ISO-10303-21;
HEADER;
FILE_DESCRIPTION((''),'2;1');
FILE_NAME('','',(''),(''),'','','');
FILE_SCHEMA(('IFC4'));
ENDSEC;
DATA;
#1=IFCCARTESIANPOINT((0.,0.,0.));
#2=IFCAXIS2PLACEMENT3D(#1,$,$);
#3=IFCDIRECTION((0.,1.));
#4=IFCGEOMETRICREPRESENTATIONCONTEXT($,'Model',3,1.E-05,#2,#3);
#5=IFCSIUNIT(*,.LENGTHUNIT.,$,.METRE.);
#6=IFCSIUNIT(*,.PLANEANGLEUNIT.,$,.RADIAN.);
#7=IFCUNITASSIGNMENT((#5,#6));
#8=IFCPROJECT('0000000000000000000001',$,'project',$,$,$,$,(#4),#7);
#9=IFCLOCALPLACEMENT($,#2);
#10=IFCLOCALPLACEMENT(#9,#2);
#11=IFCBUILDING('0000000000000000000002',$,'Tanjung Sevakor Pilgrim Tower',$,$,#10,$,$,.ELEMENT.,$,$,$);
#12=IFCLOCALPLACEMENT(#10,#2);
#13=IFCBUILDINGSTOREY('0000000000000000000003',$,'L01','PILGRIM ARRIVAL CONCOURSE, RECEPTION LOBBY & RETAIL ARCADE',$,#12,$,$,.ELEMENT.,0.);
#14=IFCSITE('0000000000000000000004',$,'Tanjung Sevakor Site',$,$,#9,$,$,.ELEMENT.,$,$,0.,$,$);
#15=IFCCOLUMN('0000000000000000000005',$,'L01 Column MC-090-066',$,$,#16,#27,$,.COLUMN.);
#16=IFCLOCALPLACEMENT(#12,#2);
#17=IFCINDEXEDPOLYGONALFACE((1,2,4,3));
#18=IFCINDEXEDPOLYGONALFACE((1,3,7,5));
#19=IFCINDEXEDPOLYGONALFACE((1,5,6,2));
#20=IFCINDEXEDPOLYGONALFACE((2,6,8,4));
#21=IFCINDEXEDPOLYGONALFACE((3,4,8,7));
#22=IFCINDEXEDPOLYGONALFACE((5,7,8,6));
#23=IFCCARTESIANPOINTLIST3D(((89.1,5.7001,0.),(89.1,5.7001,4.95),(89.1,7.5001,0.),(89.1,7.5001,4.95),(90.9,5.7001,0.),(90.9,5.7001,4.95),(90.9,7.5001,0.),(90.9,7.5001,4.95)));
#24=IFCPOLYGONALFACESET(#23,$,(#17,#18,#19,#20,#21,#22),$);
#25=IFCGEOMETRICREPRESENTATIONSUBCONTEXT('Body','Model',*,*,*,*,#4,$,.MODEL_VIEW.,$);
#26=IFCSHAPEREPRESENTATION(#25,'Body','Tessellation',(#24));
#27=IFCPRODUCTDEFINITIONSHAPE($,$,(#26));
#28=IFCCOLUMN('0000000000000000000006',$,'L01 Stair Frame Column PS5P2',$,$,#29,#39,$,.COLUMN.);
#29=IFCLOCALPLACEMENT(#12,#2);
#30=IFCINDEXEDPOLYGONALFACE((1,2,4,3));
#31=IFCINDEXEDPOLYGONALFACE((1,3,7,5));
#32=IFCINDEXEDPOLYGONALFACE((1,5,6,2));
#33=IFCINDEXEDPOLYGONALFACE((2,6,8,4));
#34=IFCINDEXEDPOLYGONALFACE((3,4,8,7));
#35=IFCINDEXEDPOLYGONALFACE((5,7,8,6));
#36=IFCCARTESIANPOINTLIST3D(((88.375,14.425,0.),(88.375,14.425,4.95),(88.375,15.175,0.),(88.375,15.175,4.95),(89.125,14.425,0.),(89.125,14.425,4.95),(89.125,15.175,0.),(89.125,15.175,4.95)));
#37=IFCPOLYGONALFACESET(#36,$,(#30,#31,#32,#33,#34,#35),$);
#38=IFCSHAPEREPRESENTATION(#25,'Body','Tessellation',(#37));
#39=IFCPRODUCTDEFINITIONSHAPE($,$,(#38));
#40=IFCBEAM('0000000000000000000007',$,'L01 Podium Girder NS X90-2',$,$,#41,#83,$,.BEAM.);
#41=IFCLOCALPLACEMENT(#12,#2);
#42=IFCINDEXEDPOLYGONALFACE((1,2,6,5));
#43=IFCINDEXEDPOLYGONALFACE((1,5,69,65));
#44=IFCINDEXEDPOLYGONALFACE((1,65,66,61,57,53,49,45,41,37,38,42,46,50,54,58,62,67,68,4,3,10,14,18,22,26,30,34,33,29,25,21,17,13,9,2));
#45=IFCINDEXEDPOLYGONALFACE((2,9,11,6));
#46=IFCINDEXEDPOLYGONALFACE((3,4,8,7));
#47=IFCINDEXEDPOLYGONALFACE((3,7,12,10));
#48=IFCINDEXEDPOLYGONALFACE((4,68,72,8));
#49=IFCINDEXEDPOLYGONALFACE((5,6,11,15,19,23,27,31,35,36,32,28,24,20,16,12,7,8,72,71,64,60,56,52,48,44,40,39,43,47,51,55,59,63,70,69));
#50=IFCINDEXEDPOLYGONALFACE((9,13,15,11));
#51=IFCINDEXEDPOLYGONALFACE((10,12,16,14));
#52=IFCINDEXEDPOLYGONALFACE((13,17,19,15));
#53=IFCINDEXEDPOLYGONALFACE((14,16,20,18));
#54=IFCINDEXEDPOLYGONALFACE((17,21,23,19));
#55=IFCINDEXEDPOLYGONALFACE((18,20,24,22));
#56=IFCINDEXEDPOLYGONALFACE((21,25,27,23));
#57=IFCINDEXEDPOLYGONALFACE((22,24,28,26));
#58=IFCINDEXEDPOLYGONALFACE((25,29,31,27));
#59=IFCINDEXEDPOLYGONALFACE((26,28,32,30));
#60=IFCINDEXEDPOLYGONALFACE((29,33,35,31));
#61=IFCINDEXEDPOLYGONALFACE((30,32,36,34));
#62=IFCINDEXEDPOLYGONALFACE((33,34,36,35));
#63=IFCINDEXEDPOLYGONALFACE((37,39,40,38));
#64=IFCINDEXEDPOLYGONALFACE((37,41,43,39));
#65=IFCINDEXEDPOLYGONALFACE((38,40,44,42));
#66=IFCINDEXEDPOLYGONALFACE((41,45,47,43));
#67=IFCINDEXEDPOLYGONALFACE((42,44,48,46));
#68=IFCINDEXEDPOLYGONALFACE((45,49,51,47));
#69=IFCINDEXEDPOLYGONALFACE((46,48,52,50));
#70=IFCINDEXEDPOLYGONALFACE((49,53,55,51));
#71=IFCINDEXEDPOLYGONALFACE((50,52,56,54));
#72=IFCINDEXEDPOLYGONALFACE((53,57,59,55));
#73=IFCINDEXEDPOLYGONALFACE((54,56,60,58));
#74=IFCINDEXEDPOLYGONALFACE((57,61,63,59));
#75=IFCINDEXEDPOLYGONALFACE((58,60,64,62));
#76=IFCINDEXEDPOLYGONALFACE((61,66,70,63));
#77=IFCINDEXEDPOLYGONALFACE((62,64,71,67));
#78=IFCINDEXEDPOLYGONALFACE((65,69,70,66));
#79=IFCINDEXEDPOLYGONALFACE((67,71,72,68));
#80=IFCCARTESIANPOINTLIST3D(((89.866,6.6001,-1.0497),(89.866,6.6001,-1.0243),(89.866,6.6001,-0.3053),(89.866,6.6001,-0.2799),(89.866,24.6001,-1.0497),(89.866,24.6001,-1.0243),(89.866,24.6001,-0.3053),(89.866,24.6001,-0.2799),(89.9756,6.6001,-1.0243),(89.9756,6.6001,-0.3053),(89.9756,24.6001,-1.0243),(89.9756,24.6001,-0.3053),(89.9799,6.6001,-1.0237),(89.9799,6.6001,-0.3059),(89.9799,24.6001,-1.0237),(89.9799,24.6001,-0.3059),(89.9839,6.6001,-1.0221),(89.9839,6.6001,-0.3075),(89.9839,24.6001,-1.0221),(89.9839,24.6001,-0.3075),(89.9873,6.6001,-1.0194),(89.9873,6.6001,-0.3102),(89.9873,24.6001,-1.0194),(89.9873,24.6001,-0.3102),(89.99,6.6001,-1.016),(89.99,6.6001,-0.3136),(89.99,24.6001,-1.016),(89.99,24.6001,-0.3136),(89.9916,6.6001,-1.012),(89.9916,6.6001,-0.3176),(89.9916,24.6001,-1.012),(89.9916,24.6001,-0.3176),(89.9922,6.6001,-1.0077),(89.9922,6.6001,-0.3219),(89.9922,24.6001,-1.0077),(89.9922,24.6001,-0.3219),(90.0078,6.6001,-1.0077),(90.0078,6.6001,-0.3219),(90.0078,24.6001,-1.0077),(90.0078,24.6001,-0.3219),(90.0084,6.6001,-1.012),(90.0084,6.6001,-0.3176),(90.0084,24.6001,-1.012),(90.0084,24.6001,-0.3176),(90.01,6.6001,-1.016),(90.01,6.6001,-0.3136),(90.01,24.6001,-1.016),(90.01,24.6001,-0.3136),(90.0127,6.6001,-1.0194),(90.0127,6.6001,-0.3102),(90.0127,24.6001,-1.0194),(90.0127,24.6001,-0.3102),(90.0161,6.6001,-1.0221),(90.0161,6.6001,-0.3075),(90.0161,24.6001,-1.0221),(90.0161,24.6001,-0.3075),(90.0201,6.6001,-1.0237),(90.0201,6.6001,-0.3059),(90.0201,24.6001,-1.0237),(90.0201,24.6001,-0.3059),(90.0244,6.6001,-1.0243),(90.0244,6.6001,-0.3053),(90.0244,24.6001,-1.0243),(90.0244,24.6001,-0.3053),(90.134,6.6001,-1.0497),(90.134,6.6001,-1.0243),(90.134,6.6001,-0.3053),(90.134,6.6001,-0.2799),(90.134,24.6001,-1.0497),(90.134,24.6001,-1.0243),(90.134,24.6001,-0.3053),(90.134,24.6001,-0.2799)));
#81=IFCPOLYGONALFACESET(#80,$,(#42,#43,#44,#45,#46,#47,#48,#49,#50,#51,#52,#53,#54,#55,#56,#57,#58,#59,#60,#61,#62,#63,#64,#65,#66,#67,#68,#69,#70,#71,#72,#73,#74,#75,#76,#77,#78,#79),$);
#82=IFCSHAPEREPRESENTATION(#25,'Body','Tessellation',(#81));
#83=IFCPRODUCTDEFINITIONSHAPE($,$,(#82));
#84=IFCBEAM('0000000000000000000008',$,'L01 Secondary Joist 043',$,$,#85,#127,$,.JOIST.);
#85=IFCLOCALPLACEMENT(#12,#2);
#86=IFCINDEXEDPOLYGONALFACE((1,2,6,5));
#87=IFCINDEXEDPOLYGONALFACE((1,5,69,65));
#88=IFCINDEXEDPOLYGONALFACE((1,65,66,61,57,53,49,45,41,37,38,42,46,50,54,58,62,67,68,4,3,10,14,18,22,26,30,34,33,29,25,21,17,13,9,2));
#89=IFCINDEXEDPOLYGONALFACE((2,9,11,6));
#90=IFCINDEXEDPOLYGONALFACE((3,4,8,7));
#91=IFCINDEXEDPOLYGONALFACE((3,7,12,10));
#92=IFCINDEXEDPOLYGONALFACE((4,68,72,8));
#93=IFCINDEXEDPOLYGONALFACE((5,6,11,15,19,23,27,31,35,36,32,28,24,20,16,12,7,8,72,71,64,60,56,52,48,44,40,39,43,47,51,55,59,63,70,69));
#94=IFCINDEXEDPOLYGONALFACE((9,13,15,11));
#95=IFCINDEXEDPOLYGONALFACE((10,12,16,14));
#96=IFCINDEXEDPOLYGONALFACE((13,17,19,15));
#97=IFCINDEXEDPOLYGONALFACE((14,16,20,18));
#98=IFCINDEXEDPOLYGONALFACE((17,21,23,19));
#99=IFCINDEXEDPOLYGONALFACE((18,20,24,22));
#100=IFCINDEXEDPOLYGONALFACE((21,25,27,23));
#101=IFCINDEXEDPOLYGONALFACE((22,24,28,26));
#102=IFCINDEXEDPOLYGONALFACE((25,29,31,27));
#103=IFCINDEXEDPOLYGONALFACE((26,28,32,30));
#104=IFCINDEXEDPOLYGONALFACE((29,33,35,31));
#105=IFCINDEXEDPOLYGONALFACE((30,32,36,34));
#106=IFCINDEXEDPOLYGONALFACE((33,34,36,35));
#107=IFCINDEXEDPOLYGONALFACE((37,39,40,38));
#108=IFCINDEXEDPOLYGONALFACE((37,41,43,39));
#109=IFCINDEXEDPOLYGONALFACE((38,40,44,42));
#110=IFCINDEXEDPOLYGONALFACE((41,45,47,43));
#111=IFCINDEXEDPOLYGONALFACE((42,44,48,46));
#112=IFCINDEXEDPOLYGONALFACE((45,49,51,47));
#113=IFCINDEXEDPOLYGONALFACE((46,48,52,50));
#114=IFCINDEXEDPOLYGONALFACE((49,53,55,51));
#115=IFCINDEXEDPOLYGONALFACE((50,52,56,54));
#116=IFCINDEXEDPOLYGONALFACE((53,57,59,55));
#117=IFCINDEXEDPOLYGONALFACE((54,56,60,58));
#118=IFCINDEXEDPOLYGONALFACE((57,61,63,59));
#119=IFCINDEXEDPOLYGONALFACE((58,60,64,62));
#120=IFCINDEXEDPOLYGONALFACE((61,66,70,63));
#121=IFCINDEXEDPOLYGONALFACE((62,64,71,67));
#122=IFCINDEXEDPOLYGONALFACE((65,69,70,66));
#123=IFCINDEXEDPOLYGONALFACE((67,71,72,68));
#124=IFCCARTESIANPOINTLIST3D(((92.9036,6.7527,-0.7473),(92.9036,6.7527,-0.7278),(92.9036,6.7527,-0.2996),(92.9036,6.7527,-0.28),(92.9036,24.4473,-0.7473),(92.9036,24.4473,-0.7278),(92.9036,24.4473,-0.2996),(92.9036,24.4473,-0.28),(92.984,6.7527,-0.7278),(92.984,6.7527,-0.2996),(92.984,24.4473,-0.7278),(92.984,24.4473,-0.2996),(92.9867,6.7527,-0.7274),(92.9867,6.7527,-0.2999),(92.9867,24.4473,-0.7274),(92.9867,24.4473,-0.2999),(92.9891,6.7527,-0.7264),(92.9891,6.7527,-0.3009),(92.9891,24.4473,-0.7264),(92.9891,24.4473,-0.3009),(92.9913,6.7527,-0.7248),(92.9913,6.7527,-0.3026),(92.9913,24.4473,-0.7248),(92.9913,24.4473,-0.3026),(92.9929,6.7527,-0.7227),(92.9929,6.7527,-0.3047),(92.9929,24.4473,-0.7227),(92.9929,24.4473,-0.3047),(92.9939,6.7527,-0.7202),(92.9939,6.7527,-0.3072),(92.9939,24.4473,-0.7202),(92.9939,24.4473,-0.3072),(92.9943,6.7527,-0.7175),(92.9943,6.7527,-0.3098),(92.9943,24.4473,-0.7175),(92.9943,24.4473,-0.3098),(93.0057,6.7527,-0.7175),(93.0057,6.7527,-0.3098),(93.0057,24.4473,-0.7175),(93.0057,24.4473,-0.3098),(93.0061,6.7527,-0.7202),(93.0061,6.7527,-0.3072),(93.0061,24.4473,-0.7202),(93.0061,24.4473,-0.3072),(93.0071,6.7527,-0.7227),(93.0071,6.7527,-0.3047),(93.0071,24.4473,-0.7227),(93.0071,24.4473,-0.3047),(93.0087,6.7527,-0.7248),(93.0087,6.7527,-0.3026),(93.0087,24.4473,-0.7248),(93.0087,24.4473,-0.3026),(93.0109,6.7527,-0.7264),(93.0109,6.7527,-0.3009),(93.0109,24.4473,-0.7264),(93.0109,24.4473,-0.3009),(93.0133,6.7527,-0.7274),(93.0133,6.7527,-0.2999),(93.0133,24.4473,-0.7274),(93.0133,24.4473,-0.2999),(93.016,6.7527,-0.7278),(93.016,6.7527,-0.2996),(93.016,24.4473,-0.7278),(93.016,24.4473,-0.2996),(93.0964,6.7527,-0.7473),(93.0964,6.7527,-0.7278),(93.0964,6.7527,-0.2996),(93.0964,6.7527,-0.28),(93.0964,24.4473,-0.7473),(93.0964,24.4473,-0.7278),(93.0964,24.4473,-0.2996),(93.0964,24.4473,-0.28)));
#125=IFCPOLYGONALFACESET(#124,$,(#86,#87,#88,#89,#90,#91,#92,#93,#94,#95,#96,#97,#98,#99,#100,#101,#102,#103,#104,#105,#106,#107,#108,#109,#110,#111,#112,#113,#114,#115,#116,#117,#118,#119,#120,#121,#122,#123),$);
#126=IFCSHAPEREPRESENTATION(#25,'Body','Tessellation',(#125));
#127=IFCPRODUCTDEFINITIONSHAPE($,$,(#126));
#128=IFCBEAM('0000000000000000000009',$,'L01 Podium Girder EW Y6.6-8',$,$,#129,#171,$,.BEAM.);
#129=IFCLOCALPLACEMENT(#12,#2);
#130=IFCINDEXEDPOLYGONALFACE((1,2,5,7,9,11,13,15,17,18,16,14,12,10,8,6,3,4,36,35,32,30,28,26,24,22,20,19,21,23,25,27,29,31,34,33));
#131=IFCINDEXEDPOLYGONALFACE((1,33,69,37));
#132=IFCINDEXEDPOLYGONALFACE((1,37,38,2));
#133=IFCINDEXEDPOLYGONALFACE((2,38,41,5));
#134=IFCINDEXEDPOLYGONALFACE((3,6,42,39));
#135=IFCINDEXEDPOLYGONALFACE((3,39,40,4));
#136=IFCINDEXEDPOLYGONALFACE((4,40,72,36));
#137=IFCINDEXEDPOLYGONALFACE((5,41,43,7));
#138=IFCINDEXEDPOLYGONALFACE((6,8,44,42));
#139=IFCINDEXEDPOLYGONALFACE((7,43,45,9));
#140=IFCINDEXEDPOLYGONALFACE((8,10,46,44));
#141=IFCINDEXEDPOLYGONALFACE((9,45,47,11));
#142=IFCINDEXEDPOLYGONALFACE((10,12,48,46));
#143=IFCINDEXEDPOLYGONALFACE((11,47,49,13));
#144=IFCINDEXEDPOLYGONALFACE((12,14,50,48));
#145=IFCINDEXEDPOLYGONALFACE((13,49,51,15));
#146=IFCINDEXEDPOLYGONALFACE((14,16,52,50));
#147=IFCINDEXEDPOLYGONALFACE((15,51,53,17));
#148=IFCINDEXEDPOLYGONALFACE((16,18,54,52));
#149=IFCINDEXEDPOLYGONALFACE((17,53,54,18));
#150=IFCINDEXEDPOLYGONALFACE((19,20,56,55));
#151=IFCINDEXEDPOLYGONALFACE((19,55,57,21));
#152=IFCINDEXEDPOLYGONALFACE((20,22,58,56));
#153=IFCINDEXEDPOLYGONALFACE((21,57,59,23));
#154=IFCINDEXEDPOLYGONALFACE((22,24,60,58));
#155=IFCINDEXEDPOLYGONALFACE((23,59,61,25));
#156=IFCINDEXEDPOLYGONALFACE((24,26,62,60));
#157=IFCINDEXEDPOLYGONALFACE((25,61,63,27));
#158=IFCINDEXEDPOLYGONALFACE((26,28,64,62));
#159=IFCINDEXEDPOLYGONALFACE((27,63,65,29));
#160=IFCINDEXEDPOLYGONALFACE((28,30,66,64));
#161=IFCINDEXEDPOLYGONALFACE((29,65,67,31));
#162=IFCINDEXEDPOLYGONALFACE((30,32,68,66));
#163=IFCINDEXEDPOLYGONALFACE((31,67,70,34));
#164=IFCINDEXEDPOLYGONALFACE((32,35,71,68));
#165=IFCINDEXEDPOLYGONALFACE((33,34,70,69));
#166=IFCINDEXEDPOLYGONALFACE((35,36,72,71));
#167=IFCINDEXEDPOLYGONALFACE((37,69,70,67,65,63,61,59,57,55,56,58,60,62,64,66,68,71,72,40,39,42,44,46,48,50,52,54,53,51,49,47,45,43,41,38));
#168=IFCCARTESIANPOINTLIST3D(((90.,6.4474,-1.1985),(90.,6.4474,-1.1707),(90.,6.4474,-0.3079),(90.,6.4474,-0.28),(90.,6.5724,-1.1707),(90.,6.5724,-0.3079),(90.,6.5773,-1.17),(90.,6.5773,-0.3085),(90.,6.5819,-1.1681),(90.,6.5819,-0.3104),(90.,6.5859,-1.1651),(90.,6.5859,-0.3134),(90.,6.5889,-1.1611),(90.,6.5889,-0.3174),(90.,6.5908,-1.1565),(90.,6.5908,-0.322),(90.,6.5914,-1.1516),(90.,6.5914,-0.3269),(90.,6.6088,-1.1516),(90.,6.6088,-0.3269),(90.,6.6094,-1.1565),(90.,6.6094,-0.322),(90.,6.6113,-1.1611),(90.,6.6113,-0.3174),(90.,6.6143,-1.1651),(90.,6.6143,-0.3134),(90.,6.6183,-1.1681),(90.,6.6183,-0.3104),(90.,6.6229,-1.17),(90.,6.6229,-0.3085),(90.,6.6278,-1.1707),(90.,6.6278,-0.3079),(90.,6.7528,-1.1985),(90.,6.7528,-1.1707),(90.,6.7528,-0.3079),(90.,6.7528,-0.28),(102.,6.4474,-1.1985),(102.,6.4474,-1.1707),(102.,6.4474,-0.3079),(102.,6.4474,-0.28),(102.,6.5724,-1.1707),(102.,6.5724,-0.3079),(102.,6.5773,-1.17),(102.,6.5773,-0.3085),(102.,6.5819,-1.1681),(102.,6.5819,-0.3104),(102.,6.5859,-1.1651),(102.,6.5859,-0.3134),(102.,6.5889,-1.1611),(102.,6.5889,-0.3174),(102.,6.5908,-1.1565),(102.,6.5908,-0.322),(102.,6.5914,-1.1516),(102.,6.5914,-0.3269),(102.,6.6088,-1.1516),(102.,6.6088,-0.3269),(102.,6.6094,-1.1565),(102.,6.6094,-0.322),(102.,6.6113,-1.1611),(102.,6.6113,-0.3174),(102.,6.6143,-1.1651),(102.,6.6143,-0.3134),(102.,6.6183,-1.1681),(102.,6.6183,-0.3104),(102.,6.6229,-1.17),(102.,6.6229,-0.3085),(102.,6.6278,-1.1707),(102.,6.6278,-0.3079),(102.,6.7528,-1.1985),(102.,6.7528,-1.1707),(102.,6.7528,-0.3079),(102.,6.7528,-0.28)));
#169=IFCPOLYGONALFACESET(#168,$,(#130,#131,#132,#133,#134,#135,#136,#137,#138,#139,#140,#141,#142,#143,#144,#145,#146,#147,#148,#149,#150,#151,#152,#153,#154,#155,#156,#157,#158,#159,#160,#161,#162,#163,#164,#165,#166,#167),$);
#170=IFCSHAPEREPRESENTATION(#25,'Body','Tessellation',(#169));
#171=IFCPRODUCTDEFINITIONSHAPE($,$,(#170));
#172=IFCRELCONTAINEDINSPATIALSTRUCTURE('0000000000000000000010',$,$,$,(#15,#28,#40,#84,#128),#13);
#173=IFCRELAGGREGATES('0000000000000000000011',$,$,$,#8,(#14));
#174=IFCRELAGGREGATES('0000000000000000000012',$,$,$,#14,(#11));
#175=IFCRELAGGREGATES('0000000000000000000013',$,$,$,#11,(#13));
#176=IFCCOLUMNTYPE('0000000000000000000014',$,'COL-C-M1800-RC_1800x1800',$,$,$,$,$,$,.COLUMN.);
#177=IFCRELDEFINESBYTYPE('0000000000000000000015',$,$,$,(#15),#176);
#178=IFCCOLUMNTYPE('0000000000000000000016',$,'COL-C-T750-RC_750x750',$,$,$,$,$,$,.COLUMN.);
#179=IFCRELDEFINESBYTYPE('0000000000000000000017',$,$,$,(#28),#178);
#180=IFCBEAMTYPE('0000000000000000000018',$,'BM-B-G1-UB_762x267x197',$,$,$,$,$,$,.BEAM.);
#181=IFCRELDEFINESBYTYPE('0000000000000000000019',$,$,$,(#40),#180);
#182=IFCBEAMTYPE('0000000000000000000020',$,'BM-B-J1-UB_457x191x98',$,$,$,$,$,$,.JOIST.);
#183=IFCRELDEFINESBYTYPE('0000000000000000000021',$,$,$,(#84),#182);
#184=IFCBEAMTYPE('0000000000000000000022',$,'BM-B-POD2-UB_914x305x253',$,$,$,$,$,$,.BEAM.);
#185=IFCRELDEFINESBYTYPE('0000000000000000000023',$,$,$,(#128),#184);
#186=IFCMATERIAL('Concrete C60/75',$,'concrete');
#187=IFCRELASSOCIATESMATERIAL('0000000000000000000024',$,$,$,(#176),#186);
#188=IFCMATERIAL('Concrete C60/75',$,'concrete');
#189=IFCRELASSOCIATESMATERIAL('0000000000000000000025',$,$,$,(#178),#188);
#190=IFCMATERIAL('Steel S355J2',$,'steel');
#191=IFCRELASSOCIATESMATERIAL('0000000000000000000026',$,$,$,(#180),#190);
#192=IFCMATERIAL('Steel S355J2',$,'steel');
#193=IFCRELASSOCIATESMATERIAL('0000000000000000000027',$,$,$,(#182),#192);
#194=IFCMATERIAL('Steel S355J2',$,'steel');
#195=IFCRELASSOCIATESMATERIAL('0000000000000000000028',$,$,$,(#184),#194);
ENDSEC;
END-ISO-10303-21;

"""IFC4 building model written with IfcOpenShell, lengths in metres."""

from ifc_helpers import new_model, si_unit, direction, frame, origin, origin_2d, place, context, subcontext, project, spatial, rectangle, i_section, extrude, material, material_profile, profile_set, type_object, element, save


model = new_model("IFC4")

# Units and contexts
model_context = context("Model", 3, precision=1e-05, world=origin(), true_north=direction((0.0, 1.0)))
body_context = subcontext(model_context, "Body", "Model", "MODEL_VIEW")
ifc_project = project(units=[si_unit("LENGTHUNIT", "METRE"), si_unit("PLANEANGLEUNIT", "RADIAN")], contexts=[model_context])

# Site, building, storey
site_placement = place(None, origin())
site = spatial("IfcSite", under=ifc_project, at=site_placement, Name="Tanjung Sevakor Site", CompositionType="ELEMENT", RefElevation=0.0)
building_placement = place(site_placement, origin())
building = spatial("IfcBuilding", under=site, at=building_placement, Name="Tanjung Sevakor Pilgrim Tower", CompositionType="ELEMENT")
storey_placement = place(building_placement, origin())
storey = spatial("IfcBuildingStorey", under=building, at=storey_placement, Name="L01", Description="PILGRIM ARRIVAL CONCOURSE, RECEPTION LOBBY & RETAIL ARCADE", CompositionType="ELEMENT", Elevation=0.0)

# Columns
ifc_material_1 = material(Name="Concrete C60/75", Category="concrete")
ifc_material_profile_1 = material_profile(ifc_material_1, rectangle(XDim=1.8, YDim=1.8, at=origin_2d()))
ifc_profile_set_1 = profile_set([ifc_material_profile_1], Name="Concrete C60/75")
column_type_1 = type_object("IfcColumnType", Name="COL-C-M1800-RC_1800x1800", PredefinedType="COLUMN", material=ifc_profile_set_1)
column_1_placement = place(storey_placement, frame((90.0, 6.6001, 0.0), z_axis=(0.0, 0.0, 1.0), x_axis=(1.0, 0.0, 0.0)))
element("IfcColumn", 1, at=column_1_placement, inside=storey, type_object=column_type_1, Name="L01 Column MC-090-066", PredefinedType="COLUMN", context=body_context, shape_type="SweptSolid", body=[
    extrude(rectangle(XDim=1.8, YDim=1.8, at=origin_2d()), origin(), (0.0, 0.0, 1.0), 4.95),
])
ifc_material_2 = material(Name="Concrete C60/75", Category="concrete")
ifc_material_profile_2 = material_profile(ifc_material_2, rectangle(XDim=0.75, YDim=0.75, at=origin_2d()))
ifc_profile_set_2 = profile_set([ifc_material_profile_2], Name="Concrete C60/75")
column_type_2 = type_object("IfcColumnType", Name="COL-C-T750-RC_750x750", PredefinedType="COLUMN", material=ifc_profile_set_2)
column_2_placement = place(storey_placement, frame((88.75, 14.8, 0.0), z_axis=(0.0, 0.0, 1.0), x_axis=(1.0, 0.0, 0.0)))
element("IfcColumn", 2, at=column_2_placement, inside=storey, type_object=column_type_2, Name="L01 Stair Frame Column PS5P2", PredefinedType="COLUMN", context=body_context, shape_type="SweptSolid", body=[
    extrude(rectangle(XDim=0.75, YDim=0.75, at=origin_2d()), origin(), (0.0, 0.0, 1.0), 4.95),
])

# Beams
ifc_material_3 = material(Name="Steel S355J2", Category="steel")
ifc_material_profile_3 = material_profile(ifc_material_3, i_section(OverallWidth=0.2681, OverallDepth=0.7698, WebThickness=0.0156, FlangeThickness=0.0254, FilletRadius=0.0166, at=origin_2d()))
ifc_profile_set_3 = profile_set([ifc_material_profile_3], Name="Steel S355J2")
beam_type_1 = type_object("IfcBeamType", Name="BM-B-G1-UB_762x267x197", PredefinedType="BEAM", material=ifc_profile_set_3)
beam_1_placement = place(storey_placement, frame((90.0, 6.6001, -0.6648), z_axis=(0.0, 1.0, 0.0), x_axis=(-1.0, 0.0, 0.0)))
element("IfcBeam", 3, at=beam_1_placement, inside=storey, type_object=beam_type_1, Name="L01 Podium Girder NS X90-2", PredefinedType="BEAM", context=body_context, shape_type="SweptSolid", body=[
    extrude(i_section(OverallWidth=0.2681, OverallDepth=0.7698, WebThickness=0.0156, FlangeThickness=0.0254, FilletRadius=0.0166, at=origin_2d()), origin(), (0.0, 0.0, 1.0), 18.0),
])
ifc_material_4 = material(Name="Steel S355J2", Category="steel")
ifc_material_profile_4 = material_profile(ifc_material_4, i_section(OverallWidth=0.1929, OverallDepth=0.4673, WebThickness=0.0115, FlangeThickness=0.0195, FilletRadius=0.0103, at=origin_2d()))
ifc_profile_set_4 = profile_set([ifc_material_profile_4], Name="Steel S355J2")
beam_type_2 = type_object("IfcBeamType", Name="BM-B-J1-UB_457x191x98", PredefinedType="JOIST", material=ifc_profile_set_4)
beam_2_placement = place(storey_placement, frame((93.0, 6.7527, -0.5137), z_axis=(0.0, 1.0, 0.0), x_axis=(-1.0, 0.0, 0.0)))
element("IfcBeam", 4, at=beam_2_placement, inside=storey, type_object=beam_type_2, Name="L01 Secondary Joist 043", PredefinedType="JOIST", context=body_context, shape_type="SweptSolid", body=[
    extrude(i_section(OverallWidth=0.1929, OverallDepth=0.4673, WebThickness=0.0115, FlangeThickness=0.0195, FilletRadius=0.0103, at=origin_2d()), origin(), (0.0, 0.0, 1.0), 17.6946),
])
ifc_material_5 = material(Name="Steel S355J2", Category="steel")
ifc_material_profile_5 = material_profile(ifc_material_5, i_section(OverallWidth=0.3054, OverallDepth=0.9185, WebThickness=0.0173, FlangeThickness=0.0278, FilletRadius=0.019, at=origin_2d()))
ifc_profile_set_5 = profile_set([ifc_material_profile_5], Name="Steel S355J2")
beam_type_3 = type_object("IfcBeamType", Name="BM-B-POD2-UB_914x305x253", PredefinedType="BEAM", material=ifc_profile_set_5)
beam_3_placement = place(storey_placement, frame((90.0, 6.6001, -0.7393), z_axis=(1.0, 0.0, 0.0), x_axis=(0.0, 1.0, 0.0)))
element("IfcBeam", 5, at=beam_3_placement, inside=storey, type_object=beam_type_3, Name="L01 Podium Girder EW Y6.6-8", PredefinedType="BEAM", context=body_context, shape_type="SweptSolid", body=[
    extrude(i_section(OverallWidth=0.3054, OverallDepth=0.9185, WebThickness=0.0173, FlangeThickness=0.0278, FilletRadius=0.019, at=origin_2d()), origin(), (0.0, 0.0, 1.0), 12.0),
])

save(model, "model.ifc")
